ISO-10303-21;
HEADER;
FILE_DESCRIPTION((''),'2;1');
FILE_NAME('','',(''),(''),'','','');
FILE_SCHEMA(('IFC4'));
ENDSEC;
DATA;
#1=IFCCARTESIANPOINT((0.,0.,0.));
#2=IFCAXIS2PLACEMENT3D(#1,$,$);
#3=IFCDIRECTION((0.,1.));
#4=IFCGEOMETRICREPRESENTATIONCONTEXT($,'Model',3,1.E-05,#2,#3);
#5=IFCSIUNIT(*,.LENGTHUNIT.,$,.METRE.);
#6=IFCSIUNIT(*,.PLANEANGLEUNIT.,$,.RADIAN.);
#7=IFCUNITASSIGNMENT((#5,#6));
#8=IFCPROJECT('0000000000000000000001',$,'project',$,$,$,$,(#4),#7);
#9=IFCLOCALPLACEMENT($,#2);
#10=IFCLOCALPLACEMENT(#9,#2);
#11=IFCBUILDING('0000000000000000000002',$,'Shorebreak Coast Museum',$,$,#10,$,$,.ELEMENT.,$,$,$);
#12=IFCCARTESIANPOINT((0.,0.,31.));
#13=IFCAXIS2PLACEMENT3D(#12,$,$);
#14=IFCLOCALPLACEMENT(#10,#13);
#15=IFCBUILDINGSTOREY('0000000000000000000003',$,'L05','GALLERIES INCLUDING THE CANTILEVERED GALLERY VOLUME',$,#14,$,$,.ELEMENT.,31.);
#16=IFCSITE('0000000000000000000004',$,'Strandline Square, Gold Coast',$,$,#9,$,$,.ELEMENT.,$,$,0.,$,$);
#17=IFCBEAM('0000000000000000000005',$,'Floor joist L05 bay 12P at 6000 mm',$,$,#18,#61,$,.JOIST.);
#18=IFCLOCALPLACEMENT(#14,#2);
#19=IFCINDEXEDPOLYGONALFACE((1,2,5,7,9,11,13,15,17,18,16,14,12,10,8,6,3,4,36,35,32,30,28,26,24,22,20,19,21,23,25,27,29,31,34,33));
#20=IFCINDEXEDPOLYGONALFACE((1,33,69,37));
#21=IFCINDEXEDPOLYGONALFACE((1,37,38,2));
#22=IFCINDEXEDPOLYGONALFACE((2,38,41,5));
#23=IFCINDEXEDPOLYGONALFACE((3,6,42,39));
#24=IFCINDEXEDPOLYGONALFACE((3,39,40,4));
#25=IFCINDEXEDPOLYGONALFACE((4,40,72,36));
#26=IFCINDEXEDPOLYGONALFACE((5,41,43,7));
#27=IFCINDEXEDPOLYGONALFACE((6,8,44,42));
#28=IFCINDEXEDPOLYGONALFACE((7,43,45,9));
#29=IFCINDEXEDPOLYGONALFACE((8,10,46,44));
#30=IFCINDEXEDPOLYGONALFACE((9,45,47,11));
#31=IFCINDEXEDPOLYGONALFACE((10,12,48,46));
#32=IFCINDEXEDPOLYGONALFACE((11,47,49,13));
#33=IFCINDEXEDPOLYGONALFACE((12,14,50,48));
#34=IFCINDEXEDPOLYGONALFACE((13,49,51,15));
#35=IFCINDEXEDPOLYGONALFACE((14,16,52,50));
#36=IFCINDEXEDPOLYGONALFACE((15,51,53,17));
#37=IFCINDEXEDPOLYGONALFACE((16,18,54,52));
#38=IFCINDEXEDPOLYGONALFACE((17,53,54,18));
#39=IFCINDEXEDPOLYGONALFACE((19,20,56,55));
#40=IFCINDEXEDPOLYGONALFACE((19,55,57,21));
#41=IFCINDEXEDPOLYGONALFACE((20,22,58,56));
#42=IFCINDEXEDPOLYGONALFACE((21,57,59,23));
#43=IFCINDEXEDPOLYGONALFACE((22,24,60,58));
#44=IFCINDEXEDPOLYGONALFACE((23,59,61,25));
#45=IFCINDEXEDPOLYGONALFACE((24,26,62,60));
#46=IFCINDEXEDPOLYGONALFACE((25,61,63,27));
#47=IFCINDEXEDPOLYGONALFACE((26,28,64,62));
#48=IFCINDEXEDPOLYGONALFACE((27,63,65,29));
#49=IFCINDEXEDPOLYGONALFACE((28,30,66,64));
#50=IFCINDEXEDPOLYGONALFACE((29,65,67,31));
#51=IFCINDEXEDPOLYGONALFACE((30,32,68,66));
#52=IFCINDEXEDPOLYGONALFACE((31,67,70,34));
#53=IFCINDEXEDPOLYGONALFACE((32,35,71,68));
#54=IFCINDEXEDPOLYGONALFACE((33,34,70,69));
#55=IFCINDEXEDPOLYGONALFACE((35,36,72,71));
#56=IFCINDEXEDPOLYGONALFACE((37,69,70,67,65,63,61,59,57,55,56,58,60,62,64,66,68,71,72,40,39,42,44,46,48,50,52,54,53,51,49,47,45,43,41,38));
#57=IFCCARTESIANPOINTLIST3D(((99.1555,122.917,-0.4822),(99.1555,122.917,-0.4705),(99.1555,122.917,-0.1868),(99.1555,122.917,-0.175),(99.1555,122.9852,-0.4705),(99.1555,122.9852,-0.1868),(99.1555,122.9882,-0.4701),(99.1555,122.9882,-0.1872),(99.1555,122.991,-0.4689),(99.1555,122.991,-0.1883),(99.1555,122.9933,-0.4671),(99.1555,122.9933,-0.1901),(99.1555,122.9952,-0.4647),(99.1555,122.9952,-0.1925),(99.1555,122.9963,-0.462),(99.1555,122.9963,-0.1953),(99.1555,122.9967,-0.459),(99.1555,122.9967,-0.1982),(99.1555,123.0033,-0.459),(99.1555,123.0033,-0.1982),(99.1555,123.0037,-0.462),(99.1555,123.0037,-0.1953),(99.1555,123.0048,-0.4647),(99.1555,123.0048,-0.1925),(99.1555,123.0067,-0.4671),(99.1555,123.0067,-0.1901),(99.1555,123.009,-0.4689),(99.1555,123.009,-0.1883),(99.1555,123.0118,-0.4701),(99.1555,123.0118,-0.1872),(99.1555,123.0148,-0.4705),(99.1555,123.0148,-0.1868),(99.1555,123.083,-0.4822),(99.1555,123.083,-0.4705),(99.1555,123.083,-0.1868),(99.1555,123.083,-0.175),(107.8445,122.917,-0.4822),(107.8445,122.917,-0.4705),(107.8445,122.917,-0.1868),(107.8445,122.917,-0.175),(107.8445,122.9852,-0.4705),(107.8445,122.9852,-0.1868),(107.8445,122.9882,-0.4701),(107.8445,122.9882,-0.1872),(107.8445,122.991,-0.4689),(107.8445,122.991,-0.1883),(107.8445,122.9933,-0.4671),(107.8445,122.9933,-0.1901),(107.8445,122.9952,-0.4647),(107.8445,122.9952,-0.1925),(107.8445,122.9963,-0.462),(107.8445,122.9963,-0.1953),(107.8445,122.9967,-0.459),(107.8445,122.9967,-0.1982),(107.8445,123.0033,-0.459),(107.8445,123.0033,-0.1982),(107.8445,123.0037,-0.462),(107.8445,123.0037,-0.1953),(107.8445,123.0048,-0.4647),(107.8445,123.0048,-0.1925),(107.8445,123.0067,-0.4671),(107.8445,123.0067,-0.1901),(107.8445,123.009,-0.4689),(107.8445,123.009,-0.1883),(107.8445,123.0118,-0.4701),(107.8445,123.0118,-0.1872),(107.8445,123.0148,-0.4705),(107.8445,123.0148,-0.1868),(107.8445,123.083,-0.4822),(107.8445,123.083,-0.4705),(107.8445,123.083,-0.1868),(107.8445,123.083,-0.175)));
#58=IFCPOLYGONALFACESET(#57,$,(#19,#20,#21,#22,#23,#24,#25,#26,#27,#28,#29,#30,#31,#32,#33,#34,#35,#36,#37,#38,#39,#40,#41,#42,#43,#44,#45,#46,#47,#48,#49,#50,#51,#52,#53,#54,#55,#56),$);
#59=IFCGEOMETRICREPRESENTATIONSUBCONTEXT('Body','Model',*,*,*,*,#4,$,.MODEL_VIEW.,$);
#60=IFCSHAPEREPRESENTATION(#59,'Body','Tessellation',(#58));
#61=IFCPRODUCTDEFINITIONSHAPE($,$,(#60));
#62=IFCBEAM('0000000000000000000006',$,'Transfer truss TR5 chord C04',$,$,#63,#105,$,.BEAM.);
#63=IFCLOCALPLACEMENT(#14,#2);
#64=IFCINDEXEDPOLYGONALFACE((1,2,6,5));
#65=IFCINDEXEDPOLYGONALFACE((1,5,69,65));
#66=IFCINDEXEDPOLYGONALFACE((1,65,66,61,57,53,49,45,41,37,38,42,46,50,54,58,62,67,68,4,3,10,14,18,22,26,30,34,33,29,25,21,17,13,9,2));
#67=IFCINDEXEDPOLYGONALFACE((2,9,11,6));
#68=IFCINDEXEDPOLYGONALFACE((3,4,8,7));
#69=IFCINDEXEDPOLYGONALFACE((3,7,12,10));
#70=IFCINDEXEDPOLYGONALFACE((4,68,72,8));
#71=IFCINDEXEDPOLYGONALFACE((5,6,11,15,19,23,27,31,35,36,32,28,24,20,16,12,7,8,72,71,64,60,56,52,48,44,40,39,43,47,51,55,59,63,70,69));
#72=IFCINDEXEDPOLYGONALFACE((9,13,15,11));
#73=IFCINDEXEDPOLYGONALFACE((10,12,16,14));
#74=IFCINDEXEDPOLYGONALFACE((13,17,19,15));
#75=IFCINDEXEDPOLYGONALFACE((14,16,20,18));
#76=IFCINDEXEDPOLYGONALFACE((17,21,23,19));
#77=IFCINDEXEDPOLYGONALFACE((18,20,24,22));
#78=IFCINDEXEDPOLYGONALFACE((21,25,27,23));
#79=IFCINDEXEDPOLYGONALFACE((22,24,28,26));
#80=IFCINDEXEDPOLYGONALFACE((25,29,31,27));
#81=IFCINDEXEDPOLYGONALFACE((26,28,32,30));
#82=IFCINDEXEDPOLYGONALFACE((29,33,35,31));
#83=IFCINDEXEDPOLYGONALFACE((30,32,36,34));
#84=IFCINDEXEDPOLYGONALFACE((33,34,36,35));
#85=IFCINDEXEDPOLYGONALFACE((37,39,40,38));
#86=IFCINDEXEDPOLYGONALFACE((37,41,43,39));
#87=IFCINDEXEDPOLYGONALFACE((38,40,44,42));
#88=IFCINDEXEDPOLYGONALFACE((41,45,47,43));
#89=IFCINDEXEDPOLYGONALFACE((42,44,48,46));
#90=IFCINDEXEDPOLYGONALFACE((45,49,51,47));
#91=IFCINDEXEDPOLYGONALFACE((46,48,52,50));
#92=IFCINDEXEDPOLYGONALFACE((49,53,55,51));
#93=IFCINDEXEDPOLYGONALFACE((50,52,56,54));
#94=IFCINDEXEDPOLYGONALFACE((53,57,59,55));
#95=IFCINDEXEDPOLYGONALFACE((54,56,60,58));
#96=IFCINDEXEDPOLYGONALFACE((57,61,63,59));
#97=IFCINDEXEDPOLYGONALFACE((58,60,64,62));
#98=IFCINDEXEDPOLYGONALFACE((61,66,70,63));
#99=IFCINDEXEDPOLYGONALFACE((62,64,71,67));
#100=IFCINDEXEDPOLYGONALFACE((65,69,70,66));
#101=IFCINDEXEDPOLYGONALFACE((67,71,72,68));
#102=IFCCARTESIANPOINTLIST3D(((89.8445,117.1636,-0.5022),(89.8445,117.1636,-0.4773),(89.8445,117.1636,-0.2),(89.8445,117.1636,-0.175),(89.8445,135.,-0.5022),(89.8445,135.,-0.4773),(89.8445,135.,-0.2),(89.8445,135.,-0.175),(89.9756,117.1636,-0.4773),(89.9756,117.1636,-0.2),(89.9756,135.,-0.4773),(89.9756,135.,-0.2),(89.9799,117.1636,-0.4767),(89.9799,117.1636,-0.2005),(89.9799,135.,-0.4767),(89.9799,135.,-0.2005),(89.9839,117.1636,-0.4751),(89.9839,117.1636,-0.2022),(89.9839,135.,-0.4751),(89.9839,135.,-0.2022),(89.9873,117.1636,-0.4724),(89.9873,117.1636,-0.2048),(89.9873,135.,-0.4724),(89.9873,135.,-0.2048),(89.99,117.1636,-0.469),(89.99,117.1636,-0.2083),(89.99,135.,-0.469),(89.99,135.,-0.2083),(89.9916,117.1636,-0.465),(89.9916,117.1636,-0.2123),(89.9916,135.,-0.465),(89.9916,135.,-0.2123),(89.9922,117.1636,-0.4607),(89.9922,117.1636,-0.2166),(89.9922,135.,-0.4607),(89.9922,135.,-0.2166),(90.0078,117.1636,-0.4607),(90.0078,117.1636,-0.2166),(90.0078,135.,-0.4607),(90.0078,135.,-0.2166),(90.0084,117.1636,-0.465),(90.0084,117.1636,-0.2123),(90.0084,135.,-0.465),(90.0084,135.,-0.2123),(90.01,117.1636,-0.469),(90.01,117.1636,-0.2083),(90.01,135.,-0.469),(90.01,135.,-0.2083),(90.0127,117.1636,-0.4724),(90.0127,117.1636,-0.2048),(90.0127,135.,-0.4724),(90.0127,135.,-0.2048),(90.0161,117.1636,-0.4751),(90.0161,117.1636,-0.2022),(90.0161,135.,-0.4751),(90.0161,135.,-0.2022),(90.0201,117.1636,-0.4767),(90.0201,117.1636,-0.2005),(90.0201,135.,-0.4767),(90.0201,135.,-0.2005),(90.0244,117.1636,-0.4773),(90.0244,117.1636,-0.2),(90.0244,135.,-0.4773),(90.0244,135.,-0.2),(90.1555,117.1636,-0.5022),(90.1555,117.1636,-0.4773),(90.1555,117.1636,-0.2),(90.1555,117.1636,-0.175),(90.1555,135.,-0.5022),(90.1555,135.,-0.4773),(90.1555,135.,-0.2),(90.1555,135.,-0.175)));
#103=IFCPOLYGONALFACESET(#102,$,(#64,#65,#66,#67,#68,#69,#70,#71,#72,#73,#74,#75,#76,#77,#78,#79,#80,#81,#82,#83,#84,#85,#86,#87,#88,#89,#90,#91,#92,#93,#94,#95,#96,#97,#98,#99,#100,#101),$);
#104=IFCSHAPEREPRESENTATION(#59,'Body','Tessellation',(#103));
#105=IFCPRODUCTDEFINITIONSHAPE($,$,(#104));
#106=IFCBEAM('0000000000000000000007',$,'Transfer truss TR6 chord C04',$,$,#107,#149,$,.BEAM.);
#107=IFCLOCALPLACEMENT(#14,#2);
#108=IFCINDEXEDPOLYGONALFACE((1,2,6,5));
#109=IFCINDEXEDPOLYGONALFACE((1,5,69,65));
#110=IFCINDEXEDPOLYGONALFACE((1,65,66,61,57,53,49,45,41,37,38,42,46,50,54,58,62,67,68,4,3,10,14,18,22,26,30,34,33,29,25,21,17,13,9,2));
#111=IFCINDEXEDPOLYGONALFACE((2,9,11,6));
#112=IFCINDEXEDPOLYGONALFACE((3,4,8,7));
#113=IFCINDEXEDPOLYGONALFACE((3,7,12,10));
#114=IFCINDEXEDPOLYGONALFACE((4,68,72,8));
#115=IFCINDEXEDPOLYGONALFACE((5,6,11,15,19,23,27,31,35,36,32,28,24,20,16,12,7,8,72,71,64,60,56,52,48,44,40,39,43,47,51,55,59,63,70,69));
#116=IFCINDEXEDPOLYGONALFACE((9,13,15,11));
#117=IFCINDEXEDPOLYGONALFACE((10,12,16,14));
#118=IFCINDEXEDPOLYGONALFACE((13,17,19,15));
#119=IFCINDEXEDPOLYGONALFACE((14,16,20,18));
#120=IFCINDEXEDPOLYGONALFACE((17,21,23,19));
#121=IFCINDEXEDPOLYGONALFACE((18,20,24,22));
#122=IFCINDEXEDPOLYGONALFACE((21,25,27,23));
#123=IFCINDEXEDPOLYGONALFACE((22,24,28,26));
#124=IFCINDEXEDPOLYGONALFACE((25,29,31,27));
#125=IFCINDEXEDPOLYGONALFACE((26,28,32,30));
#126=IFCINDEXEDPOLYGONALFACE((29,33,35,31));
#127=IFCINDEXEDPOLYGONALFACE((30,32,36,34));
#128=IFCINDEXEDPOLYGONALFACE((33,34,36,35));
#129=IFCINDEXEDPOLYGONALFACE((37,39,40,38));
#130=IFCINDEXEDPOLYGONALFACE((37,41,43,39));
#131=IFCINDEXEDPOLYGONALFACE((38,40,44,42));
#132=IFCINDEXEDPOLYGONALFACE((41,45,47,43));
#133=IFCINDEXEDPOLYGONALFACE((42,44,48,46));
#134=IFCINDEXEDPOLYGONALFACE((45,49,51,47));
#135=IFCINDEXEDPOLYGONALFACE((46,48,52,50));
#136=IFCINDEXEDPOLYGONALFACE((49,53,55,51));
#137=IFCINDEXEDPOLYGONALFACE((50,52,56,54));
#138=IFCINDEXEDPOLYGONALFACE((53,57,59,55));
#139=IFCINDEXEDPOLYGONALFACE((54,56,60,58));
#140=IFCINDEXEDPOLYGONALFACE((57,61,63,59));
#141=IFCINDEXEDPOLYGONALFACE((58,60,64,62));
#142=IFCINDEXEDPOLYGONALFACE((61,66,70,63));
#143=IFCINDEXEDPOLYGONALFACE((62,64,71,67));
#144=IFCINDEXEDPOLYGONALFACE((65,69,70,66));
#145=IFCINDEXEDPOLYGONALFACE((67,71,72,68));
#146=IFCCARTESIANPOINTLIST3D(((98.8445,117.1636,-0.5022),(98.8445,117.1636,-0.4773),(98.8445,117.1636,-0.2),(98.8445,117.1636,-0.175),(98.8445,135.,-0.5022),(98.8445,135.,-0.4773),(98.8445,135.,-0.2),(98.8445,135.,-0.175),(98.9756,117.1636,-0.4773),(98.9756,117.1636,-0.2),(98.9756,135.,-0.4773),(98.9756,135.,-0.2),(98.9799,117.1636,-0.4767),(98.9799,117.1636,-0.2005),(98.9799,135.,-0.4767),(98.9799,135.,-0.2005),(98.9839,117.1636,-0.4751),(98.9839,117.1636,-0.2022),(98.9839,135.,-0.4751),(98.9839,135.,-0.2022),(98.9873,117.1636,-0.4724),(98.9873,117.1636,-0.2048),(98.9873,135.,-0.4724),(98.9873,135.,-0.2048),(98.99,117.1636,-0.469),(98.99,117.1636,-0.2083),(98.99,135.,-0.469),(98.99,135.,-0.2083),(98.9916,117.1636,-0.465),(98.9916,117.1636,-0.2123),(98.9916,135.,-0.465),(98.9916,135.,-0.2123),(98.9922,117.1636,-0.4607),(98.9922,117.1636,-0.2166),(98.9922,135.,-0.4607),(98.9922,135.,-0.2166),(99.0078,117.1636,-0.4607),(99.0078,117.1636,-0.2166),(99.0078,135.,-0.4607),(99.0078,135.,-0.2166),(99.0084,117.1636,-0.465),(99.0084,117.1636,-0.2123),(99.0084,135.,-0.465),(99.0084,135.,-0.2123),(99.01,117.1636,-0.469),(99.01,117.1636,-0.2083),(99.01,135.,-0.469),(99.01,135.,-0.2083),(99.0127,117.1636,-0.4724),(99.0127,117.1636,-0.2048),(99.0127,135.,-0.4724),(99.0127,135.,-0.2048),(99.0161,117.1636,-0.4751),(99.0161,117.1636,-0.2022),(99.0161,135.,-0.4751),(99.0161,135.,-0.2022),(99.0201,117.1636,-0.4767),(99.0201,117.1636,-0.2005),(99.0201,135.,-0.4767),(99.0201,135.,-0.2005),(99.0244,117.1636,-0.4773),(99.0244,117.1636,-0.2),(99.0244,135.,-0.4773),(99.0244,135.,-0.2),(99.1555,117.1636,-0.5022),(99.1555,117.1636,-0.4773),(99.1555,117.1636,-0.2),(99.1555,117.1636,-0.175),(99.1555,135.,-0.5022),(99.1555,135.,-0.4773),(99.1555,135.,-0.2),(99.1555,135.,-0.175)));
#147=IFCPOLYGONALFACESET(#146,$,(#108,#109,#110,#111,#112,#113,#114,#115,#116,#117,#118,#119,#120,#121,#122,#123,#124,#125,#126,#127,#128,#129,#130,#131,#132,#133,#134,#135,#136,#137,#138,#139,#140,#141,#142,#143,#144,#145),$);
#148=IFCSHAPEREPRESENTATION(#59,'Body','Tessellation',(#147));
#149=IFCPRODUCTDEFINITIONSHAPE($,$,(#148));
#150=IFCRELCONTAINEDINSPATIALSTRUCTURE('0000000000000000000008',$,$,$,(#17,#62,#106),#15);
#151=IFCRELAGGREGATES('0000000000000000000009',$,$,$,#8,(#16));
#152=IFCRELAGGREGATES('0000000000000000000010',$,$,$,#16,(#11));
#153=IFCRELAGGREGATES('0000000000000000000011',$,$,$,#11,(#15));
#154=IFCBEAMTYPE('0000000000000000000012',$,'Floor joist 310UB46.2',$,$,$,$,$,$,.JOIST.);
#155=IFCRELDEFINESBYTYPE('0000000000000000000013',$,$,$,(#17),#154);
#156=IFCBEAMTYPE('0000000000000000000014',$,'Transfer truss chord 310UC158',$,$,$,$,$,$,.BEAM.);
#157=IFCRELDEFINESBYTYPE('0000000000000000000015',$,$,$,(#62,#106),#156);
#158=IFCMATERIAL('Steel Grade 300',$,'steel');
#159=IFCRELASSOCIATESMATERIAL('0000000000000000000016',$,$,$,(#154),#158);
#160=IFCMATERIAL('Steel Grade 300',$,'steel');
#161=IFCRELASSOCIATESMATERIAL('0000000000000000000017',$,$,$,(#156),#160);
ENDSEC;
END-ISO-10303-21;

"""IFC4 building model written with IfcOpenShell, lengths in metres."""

from ifc_helpers import new_model, si_unit, direction, frame, origin, origin_2d, place, context, subcontext, project, spatial, i_section, extrude, material, material_profile, profile_set, type_object, element, save


model = new_model("IFC4")

# Units and contexts
model_context = context("Model", 3, precision=1e-05, world=origin(), true_north=direction((0.0, 1.0)))
body_context = subcontext(model_context, "Body", "Model", "MODEL_VIEW")
ifc_project = project(units=[si_unit("LENGTHUNIT", "METRE"), si_unit("PLANEANGLEUNIT", "RADIAN")], contexts=[model_context])

# Site, building, storey
site_placement = place(None, origin())
site = spatial("IfcSite", under=ifc_project, at=site_placement, Name="Strandline Square, Gold Coast", CompositionType="ELEMENT", RefElevation=0.0)
building_placement = place(site_placement, origin())
building = spatial("IfcBuilding", under=site, at=building_placement, Name="Shorebreak Coast Museum", CompositionType="ELEMENT")
storey_placement = place(building_placement, frame((0.0, 0.0, 31.0)))
storey = spatial("IfcBuildingStorey", under=building, at=storey_placement, Name="L05", Description="GALLERIES INCLUDING THE CANTILEVERED GALLERY VOLUME", CompositionType="ELEMENT", Elevation=31.0)

# Beams
ifc_material_1 = material(Name="Steel Grade 300", Category="steel")
ifc_material_profile_1 = material_profile(ifc_material_1, i_section(OverallWidth=0.166, OverallDepth=0.3071, WebThickness=0.0066, FlangeThickness=0.0117, FilletRadius=0.0115, at=origin_2d()), Name="310UB46.2")
ifc_profile_set_1 = profile_set([ifc_material_profile_1], Name="Steel Grade 300")
beam_type_1 = type_object("IfcBeamType", Name="Floor joist 310UB46.2", PredefinedType="JOIST", material=ifc_profile_set_1)
for number, where, z_axis, x_axis, name in (
    (1, (99.1555, 123.0, -0.3286), (1.0, 0.0, 0.0), (0.0, 1.0, 0.0), "Floor joist L05 bay 12P at 6000 mm"),
):
    element("IfcBeam", number, at=place(storey_placement, frame(where, z_axis=z_axis, x_axis=x_axis)), inside=storey, type_object=beam_type_1, Name=name, PredefinedType="JOIST", context=body_context, shape_type="SweptSolid", body=[
        extrude(i_section(OverallWidth=0.166, OverallDepth=0.3071, WebThickness=0.0066, FlangeThickness=0.0117, FilletRadius=0.0115, at=origin_2d()), origin(), (0.0, 0.0, 1.0), 8.689),
    ])
ifc_material_2 = material(Name="Steel Grade 300", Category="steel")
ifc_material_profile_2 = material_profile(ifc_material_2, i_section(OverallWidth=0.311, OverallDepth=0.3271, WebThickness=0.0156, FlangeThickness=0.0249, FilletRadius=0.0166, at=origin_2d()), Name="310UC158")
ifc_profile_set_2 = profile_set([ifc_material_profile_2], Name="Steel Grade 300")
beam_type_2 = type_object("IfcBeamType", Name="Transfer truss chord 310UC158", PredefinedType="BEAM", material=ifc_profile_set_2)
for number, where, z_axis, x_axis, name in (
    (2, (90.0, 117.1636, -0.3386), (0.0, 1.0, 0.0), (-1.0, 0.0, 0.0), "Transfer truss TR5 chord C04"),
    (3, (99.0, 117.1636, -0.3386), (0.0, 1.0, 0.0), (-1.0, 0.0, 0.0), "Transfer truss TR6 chord C04"),
):
    element("IfcBeam", number, at=place(storey_placement, frame(where, z_axis=z_axis, x_axis=x_axis)), inside=storey, type_object=beam_type_2, Name=name, PredefinedType="BEAM", context=body_context, shape_type="SweptSolid", body=[
        extrude(i_section(OverallWidth=0.311, OverallDepth=0.3271, WebThickness=0.0156, FlangeThickness=0.0249, FilletRadius=0.0166, at=origin_2d()), origin(), (0.0, 0.0, 1.0), 17.8364),
    ])

save(model, "model.ifc")
